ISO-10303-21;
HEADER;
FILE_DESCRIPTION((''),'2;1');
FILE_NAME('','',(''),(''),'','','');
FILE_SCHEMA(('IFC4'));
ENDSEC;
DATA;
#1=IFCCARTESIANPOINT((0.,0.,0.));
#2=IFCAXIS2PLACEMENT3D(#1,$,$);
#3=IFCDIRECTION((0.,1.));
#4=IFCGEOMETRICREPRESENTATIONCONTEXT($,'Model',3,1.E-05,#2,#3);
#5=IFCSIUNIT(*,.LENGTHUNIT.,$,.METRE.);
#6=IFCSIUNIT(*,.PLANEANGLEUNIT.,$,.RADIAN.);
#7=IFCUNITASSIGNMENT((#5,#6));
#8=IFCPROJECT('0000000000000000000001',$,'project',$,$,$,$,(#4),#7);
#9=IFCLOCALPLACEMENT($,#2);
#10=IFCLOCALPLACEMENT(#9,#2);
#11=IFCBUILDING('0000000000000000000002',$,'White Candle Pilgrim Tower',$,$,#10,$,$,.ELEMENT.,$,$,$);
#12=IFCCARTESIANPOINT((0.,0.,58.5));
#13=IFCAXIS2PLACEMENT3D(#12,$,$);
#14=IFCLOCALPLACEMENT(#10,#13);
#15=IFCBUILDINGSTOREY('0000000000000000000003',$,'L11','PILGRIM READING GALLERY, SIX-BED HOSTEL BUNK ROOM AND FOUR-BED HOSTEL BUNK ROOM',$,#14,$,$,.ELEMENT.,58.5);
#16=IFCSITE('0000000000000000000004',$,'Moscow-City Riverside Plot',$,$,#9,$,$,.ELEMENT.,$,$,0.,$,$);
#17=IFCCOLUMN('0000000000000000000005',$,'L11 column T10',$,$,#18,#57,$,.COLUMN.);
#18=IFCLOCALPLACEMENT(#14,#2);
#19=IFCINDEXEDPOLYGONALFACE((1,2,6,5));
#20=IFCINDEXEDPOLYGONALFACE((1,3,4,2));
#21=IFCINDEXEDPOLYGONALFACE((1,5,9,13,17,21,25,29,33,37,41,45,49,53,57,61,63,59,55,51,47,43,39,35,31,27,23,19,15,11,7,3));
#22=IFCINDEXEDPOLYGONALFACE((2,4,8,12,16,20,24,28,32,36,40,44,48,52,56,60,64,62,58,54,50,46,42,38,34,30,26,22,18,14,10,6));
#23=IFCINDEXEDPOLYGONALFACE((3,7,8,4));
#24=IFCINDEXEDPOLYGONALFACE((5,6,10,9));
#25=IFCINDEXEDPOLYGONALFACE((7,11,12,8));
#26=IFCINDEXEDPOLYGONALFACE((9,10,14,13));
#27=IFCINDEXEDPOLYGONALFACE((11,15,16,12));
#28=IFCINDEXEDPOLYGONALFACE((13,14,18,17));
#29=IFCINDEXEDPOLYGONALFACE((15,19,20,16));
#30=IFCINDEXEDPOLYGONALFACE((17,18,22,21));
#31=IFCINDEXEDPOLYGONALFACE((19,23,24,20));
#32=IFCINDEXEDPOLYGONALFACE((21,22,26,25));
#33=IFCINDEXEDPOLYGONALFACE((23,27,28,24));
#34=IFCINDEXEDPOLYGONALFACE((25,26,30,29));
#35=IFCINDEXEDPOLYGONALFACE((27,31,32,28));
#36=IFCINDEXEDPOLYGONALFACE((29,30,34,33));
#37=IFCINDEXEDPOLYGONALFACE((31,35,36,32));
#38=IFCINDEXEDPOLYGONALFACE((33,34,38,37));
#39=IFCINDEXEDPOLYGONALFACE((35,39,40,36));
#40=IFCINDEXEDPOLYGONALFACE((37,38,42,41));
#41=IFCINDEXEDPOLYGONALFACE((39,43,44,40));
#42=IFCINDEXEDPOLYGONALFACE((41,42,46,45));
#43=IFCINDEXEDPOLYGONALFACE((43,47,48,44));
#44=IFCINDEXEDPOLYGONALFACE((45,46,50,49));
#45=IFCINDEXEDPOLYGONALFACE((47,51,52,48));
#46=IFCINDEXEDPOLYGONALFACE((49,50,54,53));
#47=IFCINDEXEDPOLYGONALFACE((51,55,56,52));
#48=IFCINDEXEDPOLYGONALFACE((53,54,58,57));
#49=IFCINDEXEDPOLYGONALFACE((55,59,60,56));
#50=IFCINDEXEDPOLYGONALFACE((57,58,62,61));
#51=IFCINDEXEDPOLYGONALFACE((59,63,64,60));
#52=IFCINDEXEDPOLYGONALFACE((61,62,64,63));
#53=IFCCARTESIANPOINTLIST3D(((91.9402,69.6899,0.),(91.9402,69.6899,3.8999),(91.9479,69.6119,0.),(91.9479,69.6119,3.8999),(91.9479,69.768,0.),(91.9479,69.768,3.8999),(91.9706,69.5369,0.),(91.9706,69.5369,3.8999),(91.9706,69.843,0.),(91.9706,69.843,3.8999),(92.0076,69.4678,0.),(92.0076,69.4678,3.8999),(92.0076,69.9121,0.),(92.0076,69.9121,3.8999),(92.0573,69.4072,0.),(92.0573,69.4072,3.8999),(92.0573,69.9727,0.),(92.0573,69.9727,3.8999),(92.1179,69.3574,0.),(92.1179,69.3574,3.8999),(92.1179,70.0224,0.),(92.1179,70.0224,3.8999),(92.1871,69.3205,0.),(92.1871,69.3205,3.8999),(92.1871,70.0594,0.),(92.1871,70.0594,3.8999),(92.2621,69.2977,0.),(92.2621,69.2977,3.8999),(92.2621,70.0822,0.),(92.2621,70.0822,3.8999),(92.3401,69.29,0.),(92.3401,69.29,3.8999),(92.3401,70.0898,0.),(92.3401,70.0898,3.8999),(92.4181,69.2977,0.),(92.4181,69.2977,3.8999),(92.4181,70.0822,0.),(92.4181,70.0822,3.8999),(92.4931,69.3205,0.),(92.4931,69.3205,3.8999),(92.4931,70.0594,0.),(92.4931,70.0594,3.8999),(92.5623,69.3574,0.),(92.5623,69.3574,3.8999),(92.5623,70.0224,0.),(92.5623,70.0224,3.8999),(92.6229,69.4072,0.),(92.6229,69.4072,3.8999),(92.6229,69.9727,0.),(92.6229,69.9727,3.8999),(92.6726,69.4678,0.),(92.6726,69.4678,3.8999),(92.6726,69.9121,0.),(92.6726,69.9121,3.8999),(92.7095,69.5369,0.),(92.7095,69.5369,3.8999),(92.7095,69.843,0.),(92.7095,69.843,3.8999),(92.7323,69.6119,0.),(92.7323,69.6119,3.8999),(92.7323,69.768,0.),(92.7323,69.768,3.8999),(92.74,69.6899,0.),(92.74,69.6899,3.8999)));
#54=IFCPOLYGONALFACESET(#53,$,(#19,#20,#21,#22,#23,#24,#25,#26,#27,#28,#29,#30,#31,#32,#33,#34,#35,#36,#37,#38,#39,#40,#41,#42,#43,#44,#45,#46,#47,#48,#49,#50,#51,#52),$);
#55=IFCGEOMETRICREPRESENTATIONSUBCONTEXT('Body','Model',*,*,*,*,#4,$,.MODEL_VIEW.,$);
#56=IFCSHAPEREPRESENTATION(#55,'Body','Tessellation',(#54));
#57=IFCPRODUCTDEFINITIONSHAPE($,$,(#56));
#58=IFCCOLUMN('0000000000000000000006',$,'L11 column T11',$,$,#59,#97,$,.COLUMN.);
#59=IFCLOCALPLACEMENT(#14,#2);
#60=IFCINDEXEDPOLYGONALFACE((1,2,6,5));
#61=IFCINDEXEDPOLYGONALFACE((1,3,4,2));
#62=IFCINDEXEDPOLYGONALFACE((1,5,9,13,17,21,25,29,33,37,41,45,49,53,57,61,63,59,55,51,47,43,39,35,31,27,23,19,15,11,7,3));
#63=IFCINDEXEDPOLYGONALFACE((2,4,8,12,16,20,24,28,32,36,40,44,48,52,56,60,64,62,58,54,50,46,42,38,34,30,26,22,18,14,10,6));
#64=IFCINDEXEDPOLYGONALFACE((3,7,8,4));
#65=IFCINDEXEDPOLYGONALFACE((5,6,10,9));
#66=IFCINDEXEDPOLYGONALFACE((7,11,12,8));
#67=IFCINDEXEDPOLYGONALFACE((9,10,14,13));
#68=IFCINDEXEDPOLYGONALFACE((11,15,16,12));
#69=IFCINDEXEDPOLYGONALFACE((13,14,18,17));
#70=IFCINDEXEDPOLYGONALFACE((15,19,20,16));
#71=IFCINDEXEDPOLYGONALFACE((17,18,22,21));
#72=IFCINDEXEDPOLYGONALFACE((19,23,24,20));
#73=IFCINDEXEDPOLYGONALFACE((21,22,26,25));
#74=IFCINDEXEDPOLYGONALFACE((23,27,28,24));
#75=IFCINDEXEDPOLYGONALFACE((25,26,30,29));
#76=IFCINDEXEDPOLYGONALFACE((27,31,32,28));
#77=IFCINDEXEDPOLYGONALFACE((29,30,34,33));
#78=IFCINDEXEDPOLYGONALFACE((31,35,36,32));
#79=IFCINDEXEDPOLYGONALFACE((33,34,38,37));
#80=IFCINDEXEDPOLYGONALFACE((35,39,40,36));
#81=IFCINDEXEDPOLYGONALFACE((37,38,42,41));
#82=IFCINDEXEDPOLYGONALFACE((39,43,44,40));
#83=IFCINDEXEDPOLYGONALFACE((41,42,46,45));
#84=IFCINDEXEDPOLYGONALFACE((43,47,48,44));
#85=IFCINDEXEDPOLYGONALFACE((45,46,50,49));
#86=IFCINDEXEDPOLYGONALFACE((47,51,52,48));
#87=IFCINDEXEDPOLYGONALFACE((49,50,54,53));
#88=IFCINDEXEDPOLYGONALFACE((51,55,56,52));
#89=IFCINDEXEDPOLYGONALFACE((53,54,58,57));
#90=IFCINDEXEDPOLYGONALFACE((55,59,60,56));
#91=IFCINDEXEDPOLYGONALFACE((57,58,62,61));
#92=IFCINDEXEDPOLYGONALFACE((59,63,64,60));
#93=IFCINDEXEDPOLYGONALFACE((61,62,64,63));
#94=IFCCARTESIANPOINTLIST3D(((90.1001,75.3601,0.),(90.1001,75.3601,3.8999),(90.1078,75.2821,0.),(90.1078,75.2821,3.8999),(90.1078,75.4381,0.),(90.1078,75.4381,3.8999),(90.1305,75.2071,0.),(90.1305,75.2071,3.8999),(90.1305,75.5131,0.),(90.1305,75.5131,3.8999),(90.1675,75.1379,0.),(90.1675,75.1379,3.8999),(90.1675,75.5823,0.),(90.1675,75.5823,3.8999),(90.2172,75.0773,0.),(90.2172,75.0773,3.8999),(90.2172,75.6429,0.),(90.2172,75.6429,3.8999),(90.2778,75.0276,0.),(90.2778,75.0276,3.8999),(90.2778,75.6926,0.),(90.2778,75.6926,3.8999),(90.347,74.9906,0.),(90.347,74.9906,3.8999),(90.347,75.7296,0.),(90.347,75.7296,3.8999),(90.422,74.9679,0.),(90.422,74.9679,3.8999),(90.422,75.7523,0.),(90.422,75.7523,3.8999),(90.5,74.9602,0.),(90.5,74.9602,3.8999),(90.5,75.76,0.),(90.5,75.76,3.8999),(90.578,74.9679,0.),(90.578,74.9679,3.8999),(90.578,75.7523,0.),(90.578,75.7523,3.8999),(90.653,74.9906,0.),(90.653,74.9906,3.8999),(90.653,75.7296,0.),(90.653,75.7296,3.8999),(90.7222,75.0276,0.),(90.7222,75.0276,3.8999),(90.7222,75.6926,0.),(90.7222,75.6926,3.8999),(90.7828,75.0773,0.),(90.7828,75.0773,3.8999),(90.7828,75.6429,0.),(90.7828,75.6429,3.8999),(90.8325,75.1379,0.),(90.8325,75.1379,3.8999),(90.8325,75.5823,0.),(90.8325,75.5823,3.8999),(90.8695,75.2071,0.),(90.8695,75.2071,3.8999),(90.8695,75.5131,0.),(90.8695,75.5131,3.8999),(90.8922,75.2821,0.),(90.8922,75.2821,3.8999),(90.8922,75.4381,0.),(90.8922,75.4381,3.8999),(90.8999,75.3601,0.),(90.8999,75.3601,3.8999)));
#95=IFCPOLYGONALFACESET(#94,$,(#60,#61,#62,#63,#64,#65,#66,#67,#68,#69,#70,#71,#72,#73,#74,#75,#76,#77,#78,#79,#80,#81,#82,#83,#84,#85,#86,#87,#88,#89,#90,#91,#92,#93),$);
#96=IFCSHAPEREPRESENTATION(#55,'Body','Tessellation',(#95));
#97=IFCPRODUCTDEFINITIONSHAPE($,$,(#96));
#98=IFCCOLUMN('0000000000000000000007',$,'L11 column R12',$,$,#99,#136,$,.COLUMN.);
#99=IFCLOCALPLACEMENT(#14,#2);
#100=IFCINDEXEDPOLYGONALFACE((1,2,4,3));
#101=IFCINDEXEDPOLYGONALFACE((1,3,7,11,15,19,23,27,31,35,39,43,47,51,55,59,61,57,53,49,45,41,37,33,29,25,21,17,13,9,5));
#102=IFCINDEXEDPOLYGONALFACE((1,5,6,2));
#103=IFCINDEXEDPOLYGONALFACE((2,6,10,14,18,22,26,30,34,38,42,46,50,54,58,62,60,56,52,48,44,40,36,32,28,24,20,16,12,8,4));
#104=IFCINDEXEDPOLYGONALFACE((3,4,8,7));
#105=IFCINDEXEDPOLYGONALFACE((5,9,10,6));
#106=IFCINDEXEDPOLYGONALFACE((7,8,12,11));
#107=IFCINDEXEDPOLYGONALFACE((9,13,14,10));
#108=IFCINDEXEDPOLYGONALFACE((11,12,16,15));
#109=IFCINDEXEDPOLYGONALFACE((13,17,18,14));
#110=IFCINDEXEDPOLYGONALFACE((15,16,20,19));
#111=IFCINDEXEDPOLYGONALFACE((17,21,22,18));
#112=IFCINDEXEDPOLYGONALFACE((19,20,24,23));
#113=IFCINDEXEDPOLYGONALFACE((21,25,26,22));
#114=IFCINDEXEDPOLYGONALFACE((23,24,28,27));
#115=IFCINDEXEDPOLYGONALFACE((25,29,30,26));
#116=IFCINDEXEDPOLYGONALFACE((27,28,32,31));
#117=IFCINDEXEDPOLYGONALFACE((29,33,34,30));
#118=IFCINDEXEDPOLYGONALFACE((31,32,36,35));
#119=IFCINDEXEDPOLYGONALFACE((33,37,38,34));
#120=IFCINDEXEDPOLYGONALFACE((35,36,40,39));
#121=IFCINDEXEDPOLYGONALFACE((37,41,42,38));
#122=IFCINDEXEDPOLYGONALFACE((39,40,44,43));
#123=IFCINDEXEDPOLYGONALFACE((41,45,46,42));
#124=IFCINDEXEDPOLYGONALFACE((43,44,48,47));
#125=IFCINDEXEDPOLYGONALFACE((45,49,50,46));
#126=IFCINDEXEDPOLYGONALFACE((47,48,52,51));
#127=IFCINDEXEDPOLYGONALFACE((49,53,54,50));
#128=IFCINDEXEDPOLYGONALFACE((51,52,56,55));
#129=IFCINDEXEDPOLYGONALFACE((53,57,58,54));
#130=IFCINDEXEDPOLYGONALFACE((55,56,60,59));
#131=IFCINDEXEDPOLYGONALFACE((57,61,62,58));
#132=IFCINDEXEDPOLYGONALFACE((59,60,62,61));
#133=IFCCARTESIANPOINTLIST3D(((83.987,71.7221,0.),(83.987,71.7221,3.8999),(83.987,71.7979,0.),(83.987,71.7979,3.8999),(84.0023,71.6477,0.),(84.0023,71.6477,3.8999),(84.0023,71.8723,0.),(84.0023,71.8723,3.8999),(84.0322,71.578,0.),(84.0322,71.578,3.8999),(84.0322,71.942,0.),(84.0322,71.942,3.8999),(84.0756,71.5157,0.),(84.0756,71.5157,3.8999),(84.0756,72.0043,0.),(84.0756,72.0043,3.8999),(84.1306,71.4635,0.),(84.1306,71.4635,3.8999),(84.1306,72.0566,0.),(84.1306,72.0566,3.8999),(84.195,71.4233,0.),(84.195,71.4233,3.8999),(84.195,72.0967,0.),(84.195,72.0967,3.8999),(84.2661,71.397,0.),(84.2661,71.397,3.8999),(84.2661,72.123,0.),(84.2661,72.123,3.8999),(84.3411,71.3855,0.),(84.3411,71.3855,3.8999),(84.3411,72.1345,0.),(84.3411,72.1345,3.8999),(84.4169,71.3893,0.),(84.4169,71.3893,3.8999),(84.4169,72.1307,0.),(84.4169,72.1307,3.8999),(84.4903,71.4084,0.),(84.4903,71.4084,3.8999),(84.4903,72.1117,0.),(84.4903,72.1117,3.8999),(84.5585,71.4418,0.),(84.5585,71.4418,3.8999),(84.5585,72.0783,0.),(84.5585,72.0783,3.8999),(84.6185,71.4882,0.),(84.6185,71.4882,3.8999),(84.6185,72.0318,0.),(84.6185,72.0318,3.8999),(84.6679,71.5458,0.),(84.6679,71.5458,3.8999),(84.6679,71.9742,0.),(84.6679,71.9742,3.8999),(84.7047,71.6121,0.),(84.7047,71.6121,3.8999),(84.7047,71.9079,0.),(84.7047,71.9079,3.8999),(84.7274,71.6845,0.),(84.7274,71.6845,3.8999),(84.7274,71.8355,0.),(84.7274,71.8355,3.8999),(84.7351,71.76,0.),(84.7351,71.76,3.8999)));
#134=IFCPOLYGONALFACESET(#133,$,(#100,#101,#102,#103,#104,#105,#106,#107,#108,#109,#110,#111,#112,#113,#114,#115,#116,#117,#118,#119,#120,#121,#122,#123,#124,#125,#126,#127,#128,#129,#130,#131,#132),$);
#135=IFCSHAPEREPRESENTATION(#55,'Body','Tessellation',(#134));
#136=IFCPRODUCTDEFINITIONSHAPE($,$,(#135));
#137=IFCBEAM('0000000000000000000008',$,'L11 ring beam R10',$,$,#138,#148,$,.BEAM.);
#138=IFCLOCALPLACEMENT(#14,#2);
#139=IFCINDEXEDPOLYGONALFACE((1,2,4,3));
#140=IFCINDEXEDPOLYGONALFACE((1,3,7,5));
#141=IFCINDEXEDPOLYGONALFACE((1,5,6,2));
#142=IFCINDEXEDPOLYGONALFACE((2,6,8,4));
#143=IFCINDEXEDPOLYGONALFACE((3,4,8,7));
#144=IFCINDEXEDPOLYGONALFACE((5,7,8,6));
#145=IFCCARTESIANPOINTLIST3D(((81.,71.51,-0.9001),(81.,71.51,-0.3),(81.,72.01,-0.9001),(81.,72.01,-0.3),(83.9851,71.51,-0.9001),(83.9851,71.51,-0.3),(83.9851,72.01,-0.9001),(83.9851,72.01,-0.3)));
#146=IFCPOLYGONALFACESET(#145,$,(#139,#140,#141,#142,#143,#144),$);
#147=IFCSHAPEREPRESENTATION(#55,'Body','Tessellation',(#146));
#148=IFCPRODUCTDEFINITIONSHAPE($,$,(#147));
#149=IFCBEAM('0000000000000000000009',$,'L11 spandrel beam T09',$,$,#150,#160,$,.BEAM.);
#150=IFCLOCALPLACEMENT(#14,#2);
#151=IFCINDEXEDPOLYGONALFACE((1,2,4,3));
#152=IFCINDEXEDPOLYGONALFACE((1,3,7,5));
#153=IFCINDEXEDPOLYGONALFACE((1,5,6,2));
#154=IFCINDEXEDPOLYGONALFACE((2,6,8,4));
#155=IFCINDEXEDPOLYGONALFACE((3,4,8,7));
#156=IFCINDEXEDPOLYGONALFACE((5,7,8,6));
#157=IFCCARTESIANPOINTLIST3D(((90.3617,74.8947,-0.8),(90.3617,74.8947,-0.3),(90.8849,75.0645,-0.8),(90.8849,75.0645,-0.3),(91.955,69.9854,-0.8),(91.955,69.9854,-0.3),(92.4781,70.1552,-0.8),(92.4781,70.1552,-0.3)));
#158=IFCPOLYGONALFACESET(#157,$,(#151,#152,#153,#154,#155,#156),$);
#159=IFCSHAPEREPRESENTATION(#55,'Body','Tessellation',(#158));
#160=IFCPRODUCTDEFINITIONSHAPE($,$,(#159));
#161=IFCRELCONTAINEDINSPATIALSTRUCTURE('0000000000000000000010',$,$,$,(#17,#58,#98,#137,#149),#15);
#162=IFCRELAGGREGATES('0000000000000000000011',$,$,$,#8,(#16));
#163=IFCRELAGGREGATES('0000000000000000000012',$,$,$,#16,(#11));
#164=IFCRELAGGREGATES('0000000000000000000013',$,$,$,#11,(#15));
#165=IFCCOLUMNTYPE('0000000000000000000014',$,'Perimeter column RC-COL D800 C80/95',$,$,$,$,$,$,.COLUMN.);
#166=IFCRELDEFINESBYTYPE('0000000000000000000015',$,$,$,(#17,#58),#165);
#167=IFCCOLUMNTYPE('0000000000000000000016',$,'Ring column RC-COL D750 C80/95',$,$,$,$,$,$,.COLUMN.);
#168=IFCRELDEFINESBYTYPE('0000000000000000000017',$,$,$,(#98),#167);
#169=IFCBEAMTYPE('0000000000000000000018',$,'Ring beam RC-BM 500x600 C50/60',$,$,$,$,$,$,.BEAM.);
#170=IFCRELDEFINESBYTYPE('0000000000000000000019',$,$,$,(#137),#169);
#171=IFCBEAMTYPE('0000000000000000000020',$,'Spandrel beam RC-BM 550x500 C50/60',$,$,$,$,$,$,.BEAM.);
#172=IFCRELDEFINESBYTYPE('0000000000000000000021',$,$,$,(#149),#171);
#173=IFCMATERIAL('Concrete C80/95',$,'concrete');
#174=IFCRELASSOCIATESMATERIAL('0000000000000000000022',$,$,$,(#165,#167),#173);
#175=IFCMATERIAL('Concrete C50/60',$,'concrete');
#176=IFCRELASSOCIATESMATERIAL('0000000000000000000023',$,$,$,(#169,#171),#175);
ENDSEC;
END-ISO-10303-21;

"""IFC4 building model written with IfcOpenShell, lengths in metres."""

from ifc_helpers import new_model, si_unit, direction, frame, origin, origin_2d, place, context, subcontext, project, spatial, rectangle, circle, extrude, material, material_profile, profile_set, type_object, element, save


model = new_model("IFC4")

# Units and contexts
model_context = context("Model", 3, precision=1e-05, world=origin(), true_north=direction((0.0, 1.0)))
body_context = subcontext(model_context, "Body", "Model", "MODEL_VIEW")
ifc_project = project(units=[si_unit("LENGTHUNIT", "METRE"), si_unit("PLANEANGLEUNIT", "RADIAN")], contexts=[model_context])

# Site, building, storey
site_placement = place(None, origin())
site = spatial("IfcSite", under=ifc_project, at=site_placement, Name="Moscow-City Riverside Plot", CompositionType="ELEMENT", RefElevation=0.0)
building_placement = place(site_placement, origin())
building = spatial("IfcBuilding", under=site, at=building_placement, Name="White Candle Pilgrim Tower", CompositionType="ELEMENT")
storey_placement = place(building_placement, frame((0.0, 0.0, 58.5)))
storey = spatial("IfcBuildingStorey", under=building, at=storey_placement, Name="L11", Description="PILGRIM READING GALLERY, SIX-BED HOSTEL BUNK ROOM AND FOUR-BED HOSTEL BUNK ROOM", CompositionType="ELEMENT", Elevation=58.5)

# Columns
ifc_material_1 = material(Name="Concrete C80/95", Category="concrete")
ifc_material_profile_1 = material_profile(ifc_material_1, circle(Radius=0.3999, at=origin_2d()), Name="RC-COL D800")
ifc_profile_set_1 = profile_set([ifc_material_profile_1], Name="Concrete C80/95")
column_type_1 = type_object("IfcColumnType", Name="Perimeter column RC-COL D800 C80/95", PredefinedType="COLUMN", material=ifc_profile_set_1)
for number, where, z_axis, x_axis, name in (
    (1, (92.3401, 69.6899, 0.0), (0.0, 0.0, 1.0), (1.0, 0.0, 0.0), "L11 column T10"),
    (2, (90.5, 75.3601, 0.0), (0.0, 0.0, 1.0), (1.0, 0.0, 0.0), "L11 column T11"),
):
    element("IfcColumn", number, at=place(storey_placement, frame(where, z_axis=z_axis, x_axis=x_axis)), inside=storey, type_object=column_type_1, Name=name, PredefinedType="COLUMN", context=body_context, shape_type="SweptSolid", body=[
        extrude(circle(Radius=0.3999, at=origin_2d()), origin(), (0.0, 0.0, 1.0), 3.8999),
    ])
ifc_material_profile_2 = material_profile(ifc_material_1, circle(Radius=0.375, at=origin_2d()), Name="RC-COL D750")
ifc_profile_set_2 = profile_set([ifc_material_profile_2], Name="Concrete C80/95")
column_type_2 = type_object("IfcColumnType", Name="Ring column RC-COL D750 C80/95", PredefinedType="COLUMN", material=ifc_profile_set_2)
column_placement = place(storey_placement, frame((84.3601, 71.76, 0.0), z_axis=(0.0, 0.0, 1.0), x_axis=(1.0, 0.0, 0.0)))
element("IfcColumn", 3, at=column_placement, inside=storey, type_object=column_type_2, Name="L11 column R12", PredefinedType="COLUMN", context=body_context, shape_type="SweptSolid", body=[
    extrude(circle(Radius=0.375, at=origin_2d()), origin(), (0.0, 0.0, 1.0), 3.8999),
])

# Beams
ifc_material_2 = material(Name="Concrete C50/60", Category="concrete")
ifc_material_profile_3 = material_profile(ifc_material_2, rectangle(XDim=0.5, YDim=0.6001, at=origin_2d()), Name="RC-BM 500x600")
ifc_profile_set_3 = profile_set([ifc_material_profile_3], Name="Concrete C50/60")
beam_type_1 = type_object("IfcBeamType", Name="Ring beam RC-BM 500x600 C50/60", PredefinedType="BEAM", material=ifc_profile_set_3)
beam_1_placement = place(storey_placement, frame((83.9851, 71.76, -0.6001), z_axis=(-1.0, 0.0, 0.0), x_axis=(0.0, -1.0, 0.0)))
element("IfcBeam", 4, at=beam_1_placement, inside=storey, type_object=beam_type_1, Name="L11 ring beam R10", PredefinedType="BEAM", context=body_context, shape_type="SweptSolid", body=[
    extrude(rectangle(XDim=0.5, YDim=0.6001, at=origin_2d()), origin(), (0.0, 0.0, 1.0), 2.9851),
])
ifc_material_profile_4 = material_profile(ifc_material_2, rectangle(XDim=0.55, YDim=0.5, at=origin_2d()), Name="RC-BM 550x500")
ifc_profile_set_4 = profile_set([ifc_material_profile_4], Name="Concrete C50/60")
beam_type_2 = type_object("IfcBeamType", Name="Spandrel beam RC-BM 550x500 C50/60", PredefinedType="BEAM", material=ifc_profile_set_4)
beam_2_placement = place(storey_placement, frame((92.2166, 70.0703, -0.55), z_axis=(-0.308683, 0.951165, 0.0), x_axis=(-0.951165, -0.308683, 0.0)))
element("IfcBeam", 5, at=beam_2_placement, inside=storey, type_object=beam_type_2, Name="L11 spandrel beam T09", PredefinedType="BEAM", context=body_context, shape_type="SweptSolid", body=[
    extrude(rectangle(XDim=0.55, YDim=0.5, at=origin_2d()), origin(), (0.0, 0.0, 1.0), 5.1614),
])

save(model, "model.ifc")
